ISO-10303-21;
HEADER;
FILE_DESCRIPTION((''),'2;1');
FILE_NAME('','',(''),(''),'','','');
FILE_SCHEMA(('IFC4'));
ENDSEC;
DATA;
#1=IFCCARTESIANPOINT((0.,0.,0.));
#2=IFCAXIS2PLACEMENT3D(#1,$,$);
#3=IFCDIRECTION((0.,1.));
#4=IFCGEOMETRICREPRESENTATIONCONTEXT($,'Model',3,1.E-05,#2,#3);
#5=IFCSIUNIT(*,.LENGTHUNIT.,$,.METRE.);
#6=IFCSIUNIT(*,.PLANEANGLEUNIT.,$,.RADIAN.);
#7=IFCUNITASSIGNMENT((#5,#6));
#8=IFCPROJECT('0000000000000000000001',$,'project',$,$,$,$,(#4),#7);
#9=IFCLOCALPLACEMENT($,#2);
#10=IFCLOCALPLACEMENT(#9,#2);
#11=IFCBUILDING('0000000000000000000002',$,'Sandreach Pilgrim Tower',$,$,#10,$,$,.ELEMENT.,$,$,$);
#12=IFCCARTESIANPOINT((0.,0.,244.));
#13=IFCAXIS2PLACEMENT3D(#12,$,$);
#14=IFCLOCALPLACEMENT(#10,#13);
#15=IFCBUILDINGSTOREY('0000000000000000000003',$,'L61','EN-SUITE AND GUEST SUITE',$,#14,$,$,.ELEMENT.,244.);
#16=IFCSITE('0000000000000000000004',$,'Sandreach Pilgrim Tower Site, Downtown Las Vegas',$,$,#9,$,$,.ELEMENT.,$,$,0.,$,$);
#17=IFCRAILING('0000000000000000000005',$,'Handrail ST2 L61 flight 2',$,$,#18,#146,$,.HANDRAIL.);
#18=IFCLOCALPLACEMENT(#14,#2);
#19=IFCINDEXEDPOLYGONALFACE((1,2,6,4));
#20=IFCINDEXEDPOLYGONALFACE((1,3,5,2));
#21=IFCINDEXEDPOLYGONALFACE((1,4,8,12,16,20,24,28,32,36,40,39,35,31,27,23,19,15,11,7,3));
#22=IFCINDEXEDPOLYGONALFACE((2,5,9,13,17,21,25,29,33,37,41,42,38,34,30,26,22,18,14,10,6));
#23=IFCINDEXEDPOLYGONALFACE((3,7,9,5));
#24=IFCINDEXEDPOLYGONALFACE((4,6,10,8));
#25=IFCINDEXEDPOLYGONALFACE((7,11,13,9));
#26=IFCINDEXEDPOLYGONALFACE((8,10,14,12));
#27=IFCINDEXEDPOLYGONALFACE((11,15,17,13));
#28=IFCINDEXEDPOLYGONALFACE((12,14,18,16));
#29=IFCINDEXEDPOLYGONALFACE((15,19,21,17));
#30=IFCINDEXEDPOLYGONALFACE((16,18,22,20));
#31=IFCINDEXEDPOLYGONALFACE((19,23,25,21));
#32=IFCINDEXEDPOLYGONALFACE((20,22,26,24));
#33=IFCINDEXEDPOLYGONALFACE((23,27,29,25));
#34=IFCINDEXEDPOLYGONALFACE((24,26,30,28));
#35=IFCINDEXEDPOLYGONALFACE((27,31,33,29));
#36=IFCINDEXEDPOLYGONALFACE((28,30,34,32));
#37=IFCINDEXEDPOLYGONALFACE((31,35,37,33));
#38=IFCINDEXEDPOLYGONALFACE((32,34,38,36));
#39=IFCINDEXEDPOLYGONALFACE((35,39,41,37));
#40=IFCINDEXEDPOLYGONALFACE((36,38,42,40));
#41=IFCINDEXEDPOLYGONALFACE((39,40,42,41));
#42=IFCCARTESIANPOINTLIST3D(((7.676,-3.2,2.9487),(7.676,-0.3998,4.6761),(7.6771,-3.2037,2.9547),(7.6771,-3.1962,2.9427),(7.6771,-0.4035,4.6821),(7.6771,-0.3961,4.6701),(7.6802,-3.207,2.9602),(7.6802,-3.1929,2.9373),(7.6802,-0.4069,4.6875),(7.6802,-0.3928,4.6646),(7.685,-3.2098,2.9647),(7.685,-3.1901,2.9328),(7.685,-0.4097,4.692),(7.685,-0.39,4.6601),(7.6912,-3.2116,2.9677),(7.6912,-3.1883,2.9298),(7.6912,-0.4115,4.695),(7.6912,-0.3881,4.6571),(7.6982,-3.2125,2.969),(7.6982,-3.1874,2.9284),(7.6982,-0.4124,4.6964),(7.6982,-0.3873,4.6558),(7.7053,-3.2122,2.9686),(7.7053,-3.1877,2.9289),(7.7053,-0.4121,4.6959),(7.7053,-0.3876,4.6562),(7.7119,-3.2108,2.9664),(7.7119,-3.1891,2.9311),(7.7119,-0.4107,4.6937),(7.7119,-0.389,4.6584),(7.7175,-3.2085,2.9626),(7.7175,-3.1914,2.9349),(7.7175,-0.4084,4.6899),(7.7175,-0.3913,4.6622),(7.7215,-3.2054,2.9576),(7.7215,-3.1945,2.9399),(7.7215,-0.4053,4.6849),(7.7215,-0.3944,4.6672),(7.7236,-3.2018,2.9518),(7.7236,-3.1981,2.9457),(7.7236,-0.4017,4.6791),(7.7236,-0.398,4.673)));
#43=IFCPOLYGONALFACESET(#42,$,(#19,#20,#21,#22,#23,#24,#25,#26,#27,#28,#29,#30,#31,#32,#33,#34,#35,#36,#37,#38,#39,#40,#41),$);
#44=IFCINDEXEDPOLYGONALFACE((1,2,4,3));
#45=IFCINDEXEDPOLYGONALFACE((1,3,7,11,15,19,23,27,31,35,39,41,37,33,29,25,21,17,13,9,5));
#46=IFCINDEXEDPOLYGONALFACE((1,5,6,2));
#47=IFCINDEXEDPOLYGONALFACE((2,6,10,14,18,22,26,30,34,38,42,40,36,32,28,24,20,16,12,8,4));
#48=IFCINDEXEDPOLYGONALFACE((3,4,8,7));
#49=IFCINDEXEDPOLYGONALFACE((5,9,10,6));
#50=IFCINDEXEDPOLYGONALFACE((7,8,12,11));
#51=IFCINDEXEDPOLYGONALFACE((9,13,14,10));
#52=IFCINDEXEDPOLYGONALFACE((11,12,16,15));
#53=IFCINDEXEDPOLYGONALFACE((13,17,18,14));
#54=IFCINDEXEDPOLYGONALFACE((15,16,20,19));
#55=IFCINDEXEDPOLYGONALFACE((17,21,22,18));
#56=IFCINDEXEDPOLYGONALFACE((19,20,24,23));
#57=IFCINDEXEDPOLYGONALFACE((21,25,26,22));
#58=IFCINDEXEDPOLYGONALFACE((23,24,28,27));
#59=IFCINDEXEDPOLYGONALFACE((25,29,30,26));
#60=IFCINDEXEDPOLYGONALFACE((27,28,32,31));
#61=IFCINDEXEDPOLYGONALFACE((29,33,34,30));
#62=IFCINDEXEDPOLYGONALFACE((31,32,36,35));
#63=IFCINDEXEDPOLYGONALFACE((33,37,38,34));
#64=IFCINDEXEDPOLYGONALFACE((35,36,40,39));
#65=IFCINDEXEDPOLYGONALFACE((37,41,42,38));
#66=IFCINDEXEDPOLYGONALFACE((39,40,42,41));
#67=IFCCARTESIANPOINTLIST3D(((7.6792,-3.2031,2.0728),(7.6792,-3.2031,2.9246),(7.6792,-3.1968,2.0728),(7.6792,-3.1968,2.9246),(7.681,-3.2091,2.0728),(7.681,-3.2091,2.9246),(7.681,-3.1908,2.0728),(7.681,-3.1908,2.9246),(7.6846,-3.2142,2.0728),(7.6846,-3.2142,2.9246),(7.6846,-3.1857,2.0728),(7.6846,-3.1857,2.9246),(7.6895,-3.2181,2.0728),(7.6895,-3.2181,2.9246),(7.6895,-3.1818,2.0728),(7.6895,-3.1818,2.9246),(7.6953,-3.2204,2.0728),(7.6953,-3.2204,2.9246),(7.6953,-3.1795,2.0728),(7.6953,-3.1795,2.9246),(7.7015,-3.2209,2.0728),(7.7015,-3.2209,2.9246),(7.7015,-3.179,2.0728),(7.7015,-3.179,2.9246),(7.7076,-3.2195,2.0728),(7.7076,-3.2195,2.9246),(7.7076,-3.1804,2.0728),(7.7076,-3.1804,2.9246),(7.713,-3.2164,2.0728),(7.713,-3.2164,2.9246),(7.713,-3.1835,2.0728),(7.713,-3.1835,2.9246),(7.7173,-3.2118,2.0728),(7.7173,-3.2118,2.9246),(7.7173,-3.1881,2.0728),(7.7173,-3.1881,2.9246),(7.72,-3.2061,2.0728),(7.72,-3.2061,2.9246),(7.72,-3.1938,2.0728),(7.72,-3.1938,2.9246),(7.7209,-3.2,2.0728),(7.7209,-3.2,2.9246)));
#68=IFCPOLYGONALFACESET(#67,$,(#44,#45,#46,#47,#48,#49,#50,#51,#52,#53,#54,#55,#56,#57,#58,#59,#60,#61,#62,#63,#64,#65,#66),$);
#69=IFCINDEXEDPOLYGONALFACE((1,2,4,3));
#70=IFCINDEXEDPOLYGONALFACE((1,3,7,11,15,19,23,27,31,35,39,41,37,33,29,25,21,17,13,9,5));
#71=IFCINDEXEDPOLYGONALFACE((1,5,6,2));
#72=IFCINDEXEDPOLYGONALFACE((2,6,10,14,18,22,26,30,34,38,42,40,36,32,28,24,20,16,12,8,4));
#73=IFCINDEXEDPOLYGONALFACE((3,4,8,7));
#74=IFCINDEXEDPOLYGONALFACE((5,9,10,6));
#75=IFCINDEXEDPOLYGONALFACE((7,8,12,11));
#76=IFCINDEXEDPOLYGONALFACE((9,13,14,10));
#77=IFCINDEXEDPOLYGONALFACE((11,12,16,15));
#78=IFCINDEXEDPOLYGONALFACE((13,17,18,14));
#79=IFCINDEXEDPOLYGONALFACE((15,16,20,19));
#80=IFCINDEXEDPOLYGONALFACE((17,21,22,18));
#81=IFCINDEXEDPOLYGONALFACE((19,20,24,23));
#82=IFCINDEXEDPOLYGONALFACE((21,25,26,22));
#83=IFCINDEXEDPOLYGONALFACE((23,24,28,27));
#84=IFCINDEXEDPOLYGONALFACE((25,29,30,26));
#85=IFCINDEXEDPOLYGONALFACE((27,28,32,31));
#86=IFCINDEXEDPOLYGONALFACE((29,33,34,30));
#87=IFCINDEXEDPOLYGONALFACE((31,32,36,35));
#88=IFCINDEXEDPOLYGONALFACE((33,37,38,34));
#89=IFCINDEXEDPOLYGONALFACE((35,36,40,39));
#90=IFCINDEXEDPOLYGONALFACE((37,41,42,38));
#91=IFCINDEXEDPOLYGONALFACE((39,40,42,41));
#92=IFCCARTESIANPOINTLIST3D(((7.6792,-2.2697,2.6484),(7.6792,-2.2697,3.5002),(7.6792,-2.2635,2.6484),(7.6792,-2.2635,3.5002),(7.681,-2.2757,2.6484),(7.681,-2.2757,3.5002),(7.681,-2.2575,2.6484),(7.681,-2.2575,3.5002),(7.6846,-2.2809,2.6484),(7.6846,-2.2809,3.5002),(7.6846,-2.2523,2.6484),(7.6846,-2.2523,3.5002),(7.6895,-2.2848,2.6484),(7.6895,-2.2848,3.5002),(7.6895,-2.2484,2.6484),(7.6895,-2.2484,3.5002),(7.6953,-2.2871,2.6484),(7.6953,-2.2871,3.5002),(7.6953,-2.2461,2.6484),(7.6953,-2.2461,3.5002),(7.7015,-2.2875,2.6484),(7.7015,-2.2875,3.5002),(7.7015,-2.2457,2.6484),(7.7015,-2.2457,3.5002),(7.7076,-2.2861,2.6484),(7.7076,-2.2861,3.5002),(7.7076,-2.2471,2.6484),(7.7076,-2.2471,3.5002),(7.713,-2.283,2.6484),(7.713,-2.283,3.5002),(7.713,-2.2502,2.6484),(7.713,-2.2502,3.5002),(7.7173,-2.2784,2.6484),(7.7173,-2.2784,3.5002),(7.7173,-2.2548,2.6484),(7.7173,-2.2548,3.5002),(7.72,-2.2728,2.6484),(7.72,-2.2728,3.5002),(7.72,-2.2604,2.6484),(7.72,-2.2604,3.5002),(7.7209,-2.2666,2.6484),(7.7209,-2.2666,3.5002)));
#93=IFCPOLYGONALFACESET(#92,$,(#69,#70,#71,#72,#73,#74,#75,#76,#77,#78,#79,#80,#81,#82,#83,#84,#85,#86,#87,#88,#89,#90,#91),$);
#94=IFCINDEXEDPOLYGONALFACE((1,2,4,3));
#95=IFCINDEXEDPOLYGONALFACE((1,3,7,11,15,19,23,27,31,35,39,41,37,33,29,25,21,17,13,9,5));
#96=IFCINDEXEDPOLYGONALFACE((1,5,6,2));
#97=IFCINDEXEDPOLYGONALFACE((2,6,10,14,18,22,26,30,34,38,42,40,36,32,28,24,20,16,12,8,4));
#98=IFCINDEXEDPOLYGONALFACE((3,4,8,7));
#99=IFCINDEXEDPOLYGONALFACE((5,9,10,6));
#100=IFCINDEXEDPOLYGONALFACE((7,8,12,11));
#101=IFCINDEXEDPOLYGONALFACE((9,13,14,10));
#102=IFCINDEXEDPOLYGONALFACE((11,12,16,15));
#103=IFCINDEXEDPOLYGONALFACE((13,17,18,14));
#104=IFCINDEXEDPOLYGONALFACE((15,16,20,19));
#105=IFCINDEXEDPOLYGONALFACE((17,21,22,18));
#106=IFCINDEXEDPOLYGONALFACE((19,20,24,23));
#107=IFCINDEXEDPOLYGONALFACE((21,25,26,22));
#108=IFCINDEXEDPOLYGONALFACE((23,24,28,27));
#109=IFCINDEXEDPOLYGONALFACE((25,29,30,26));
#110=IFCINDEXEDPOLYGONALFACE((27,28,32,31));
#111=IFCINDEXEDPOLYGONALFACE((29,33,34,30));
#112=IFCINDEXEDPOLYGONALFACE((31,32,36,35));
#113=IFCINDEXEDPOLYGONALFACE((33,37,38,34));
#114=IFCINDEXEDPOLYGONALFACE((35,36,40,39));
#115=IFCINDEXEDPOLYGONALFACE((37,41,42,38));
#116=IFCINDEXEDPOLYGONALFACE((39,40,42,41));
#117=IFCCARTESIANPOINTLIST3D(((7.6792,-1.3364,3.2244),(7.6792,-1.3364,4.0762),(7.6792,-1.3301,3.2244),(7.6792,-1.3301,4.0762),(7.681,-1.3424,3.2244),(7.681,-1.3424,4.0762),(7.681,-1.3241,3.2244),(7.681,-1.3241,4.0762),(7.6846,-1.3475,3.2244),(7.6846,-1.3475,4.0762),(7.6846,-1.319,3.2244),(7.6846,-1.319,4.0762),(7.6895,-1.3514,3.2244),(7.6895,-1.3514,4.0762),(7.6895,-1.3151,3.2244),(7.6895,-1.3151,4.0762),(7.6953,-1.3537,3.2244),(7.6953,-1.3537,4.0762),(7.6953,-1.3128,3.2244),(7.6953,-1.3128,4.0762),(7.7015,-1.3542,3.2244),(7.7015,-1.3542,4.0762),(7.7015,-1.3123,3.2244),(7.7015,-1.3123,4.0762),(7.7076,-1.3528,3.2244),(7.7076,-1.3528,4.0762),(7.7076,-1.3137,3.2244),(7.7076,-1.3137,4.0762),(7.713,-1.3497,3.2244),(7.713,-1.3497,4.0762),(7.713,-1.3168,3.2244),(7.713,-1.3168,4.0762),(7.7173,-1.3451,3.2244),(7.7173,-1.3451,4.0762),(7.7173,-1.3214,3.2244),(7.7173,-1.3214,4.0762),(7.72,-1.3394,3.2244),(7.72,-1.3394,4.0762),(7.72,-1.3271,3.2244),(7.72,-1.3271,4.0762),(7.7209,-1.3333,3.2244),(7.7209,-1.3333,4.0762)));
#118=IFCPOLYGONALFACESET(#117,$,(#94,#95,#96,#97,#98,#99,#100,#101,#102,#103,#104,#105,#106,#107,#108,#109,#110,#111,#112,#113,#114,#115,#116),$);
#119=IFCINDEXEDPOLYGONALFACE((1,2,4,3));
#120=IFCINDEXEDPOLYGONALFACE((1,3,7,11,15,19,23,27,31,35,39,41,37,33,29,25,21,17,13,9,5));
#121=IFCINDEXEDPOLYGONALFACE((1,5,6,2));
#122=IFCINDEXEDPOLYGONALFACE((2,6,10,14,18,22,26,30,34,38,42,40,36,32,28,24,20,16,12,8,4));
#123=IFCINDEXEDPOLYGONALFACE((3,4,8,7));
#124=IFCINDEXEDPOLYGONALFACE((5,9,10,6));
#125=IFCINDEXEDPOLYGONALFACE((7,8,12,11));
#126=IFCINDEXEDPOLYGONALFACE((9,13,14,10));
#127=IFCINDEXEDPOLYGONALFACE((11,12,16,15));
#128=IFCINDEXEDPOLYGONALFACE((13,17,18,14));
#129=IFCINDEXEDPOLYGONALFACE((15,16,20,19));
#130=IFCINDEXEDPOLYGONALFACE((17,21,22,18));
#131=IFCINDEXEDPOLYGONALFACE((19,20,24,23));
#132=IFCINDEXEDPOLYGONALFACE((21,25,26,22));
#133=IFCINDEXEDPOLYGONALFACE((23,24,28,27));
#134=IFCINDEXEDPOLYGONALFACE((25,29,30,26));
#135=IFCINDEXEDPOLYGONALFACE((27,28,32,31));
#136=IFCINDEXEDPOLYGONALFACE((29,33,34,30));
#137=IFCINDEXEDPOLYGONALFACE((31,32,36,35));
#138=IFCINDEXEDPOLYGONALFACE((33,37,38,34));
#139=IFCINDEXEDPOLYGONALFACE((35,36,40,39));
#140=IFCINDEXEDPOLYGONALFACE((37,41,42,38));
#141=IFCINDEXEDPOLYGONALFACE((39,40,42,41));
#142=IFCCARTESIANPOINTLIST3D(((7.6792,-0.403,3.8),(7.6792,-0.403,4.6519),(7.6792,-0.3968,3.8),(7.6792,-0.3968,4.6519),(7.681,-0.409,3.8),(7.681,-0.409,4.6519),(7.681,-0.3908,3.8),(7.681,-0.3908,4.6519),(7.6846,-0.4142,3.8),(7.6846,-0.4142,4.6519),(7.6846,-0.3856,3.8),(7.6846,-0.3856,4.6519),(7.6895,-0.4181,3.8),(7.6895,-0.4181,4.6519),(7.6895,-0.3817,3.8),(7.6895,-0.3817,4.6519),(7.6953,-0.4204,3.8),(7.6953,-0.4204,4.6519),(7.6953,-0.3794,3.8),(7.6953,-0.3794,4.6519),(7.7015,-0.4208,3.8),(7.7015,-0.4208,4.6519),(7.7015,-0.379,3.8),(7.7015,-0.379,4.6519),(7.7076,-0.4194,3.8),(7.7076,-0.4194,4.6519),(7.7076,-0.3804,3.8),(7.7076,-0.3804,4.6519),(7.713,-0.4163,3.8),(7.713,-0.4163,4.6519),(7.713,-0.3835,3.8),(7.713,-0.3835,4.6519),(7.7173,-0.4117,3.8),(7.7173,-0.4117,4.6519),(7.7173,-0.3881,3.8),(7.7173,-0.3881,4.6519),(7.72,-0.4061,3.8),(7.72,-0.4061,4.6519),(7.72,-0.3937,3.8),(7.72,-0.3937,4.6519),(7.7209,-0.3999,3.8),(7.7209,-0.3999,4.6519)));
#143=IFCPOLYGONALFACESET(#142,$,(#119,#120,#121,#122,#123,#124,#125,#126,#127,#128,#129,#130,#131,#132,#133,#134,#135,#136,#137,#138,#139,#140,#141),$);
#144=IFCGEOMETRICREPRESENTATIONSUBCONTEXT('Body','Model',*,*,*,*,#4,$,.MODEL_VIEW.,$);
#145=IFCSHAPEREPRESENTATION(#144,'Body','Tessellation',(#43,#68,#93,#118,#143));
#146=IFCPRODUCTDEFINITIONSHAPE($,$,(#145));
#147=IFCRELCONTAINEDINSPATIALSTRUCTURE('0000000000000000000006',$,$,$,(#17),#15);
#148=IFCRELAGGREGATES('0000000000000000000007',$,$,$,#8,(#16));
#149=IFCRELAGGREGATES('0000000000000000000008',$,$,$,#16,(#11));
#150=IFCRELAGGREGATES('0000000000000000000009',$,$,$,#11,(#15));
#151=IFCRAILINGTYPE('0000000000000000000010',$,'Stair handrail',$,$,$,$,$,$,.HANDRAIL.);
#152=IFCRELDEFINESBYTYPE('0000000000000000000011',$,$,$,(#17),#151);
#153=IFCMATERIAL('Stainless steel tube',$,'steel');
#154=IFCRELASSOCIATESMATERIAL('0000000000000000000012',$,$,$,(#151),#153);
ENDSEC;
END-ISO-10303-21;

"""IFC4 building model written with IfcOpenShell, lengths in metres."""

from ifc_helpers import new_model, si_unit, direction, frame, origin, origin_2d, place, context, subcontext, project, spatial, circle, extrude, material, type_object, element, save


model = new_model("IFC4")

# Units and contexts
model_context = context("Model", 3, precision=1e-05, world=origin(), true_north=direction((0.0, 1.0)))
body_context = subcontext(model_context, "Body", "Model", "MODEL_VIEW")
ifc_project = project(units=[si_unit("LENGTHUNIT", "METRE"), si_unit("PLANEANGLEUNIT", "RADIAN")], contexts=[model_context])

# Site, building, storey
site_placement = place(None, origin())
site = spatial("IfcSite", under=ifc_project, at=site_placement, Name="Sandreach Pilgrim Tower Site, Downtown Las Vegas", CompositionType="ELEMENT", RefElevation=0.0)
building_placement = place(site_placement, origin())
building = spatial("IfcBuilding", under=site, at=building_placement, Name="Sandreach Pilgrim Tower", CompositionType="ELEMENT")
storey_placement = place(building_placement, frame((0.0, 0.0, 244.0)))
storey = spatial("IfcBuildingStorey", under=building, at=storey_placement, Name="L61", Description="EN-SUITE AND GUEST SUITE", CompositionType="ELEMENT", Elevation=244.0)

# Railing
ifc_material_1 = material(Name="Stainless steel tube", Category="steel")
railing_type = type_object("IfcRailingType", Name="Stair handrail", PredefinedType="HANDRAIL", material=ifc_material_1)
for number, where, name in (
    (1, (7.7, -3.2, 2.0728), "Handrail ST2 L61 flight 2"),
):
    element("IfcRailing", number, at=place(storey_placement, frame(where)), inside=storey, type_object=railing_type, Name=name, PredefinedType="HANDRAIL", context=body_context, shape_type="SweptSolid", body=[
        extrude(circle(Radius=0.0239, at=origin_2d()), frame((0.0, 0.0, 0.876), z_axis=(0.0, 0.85109, 0.52502), x_axis=(-1.0, 0.0, 0.0)), (0.0, 0.0, 1.0), 3.29),
        extrude(circle(Radius=0.021, at=origin_2d()), origin(), (0.0, 0.0, 1.0), 0.8518),
        extrude(circle(Radius=0.021, at=origin_2d()), frame((0.0, 0.9333, 0.5757)), (0.0, 0.0, 1.0), 0.8518),
        extrude(circle(Radius=0.021, at=origin_2d()), frame((0.0, 1.8667, 1.1516)), (0.0, 0.0, 1.0), 0.8518),
        extrude(circle(Radius=0.021, at=origin_2d()), frame((0.0, 2.8, 1.7273)), (0.0, 0.0, 1.0), 0.8518),
    ])

save(model, "model.ifc")
